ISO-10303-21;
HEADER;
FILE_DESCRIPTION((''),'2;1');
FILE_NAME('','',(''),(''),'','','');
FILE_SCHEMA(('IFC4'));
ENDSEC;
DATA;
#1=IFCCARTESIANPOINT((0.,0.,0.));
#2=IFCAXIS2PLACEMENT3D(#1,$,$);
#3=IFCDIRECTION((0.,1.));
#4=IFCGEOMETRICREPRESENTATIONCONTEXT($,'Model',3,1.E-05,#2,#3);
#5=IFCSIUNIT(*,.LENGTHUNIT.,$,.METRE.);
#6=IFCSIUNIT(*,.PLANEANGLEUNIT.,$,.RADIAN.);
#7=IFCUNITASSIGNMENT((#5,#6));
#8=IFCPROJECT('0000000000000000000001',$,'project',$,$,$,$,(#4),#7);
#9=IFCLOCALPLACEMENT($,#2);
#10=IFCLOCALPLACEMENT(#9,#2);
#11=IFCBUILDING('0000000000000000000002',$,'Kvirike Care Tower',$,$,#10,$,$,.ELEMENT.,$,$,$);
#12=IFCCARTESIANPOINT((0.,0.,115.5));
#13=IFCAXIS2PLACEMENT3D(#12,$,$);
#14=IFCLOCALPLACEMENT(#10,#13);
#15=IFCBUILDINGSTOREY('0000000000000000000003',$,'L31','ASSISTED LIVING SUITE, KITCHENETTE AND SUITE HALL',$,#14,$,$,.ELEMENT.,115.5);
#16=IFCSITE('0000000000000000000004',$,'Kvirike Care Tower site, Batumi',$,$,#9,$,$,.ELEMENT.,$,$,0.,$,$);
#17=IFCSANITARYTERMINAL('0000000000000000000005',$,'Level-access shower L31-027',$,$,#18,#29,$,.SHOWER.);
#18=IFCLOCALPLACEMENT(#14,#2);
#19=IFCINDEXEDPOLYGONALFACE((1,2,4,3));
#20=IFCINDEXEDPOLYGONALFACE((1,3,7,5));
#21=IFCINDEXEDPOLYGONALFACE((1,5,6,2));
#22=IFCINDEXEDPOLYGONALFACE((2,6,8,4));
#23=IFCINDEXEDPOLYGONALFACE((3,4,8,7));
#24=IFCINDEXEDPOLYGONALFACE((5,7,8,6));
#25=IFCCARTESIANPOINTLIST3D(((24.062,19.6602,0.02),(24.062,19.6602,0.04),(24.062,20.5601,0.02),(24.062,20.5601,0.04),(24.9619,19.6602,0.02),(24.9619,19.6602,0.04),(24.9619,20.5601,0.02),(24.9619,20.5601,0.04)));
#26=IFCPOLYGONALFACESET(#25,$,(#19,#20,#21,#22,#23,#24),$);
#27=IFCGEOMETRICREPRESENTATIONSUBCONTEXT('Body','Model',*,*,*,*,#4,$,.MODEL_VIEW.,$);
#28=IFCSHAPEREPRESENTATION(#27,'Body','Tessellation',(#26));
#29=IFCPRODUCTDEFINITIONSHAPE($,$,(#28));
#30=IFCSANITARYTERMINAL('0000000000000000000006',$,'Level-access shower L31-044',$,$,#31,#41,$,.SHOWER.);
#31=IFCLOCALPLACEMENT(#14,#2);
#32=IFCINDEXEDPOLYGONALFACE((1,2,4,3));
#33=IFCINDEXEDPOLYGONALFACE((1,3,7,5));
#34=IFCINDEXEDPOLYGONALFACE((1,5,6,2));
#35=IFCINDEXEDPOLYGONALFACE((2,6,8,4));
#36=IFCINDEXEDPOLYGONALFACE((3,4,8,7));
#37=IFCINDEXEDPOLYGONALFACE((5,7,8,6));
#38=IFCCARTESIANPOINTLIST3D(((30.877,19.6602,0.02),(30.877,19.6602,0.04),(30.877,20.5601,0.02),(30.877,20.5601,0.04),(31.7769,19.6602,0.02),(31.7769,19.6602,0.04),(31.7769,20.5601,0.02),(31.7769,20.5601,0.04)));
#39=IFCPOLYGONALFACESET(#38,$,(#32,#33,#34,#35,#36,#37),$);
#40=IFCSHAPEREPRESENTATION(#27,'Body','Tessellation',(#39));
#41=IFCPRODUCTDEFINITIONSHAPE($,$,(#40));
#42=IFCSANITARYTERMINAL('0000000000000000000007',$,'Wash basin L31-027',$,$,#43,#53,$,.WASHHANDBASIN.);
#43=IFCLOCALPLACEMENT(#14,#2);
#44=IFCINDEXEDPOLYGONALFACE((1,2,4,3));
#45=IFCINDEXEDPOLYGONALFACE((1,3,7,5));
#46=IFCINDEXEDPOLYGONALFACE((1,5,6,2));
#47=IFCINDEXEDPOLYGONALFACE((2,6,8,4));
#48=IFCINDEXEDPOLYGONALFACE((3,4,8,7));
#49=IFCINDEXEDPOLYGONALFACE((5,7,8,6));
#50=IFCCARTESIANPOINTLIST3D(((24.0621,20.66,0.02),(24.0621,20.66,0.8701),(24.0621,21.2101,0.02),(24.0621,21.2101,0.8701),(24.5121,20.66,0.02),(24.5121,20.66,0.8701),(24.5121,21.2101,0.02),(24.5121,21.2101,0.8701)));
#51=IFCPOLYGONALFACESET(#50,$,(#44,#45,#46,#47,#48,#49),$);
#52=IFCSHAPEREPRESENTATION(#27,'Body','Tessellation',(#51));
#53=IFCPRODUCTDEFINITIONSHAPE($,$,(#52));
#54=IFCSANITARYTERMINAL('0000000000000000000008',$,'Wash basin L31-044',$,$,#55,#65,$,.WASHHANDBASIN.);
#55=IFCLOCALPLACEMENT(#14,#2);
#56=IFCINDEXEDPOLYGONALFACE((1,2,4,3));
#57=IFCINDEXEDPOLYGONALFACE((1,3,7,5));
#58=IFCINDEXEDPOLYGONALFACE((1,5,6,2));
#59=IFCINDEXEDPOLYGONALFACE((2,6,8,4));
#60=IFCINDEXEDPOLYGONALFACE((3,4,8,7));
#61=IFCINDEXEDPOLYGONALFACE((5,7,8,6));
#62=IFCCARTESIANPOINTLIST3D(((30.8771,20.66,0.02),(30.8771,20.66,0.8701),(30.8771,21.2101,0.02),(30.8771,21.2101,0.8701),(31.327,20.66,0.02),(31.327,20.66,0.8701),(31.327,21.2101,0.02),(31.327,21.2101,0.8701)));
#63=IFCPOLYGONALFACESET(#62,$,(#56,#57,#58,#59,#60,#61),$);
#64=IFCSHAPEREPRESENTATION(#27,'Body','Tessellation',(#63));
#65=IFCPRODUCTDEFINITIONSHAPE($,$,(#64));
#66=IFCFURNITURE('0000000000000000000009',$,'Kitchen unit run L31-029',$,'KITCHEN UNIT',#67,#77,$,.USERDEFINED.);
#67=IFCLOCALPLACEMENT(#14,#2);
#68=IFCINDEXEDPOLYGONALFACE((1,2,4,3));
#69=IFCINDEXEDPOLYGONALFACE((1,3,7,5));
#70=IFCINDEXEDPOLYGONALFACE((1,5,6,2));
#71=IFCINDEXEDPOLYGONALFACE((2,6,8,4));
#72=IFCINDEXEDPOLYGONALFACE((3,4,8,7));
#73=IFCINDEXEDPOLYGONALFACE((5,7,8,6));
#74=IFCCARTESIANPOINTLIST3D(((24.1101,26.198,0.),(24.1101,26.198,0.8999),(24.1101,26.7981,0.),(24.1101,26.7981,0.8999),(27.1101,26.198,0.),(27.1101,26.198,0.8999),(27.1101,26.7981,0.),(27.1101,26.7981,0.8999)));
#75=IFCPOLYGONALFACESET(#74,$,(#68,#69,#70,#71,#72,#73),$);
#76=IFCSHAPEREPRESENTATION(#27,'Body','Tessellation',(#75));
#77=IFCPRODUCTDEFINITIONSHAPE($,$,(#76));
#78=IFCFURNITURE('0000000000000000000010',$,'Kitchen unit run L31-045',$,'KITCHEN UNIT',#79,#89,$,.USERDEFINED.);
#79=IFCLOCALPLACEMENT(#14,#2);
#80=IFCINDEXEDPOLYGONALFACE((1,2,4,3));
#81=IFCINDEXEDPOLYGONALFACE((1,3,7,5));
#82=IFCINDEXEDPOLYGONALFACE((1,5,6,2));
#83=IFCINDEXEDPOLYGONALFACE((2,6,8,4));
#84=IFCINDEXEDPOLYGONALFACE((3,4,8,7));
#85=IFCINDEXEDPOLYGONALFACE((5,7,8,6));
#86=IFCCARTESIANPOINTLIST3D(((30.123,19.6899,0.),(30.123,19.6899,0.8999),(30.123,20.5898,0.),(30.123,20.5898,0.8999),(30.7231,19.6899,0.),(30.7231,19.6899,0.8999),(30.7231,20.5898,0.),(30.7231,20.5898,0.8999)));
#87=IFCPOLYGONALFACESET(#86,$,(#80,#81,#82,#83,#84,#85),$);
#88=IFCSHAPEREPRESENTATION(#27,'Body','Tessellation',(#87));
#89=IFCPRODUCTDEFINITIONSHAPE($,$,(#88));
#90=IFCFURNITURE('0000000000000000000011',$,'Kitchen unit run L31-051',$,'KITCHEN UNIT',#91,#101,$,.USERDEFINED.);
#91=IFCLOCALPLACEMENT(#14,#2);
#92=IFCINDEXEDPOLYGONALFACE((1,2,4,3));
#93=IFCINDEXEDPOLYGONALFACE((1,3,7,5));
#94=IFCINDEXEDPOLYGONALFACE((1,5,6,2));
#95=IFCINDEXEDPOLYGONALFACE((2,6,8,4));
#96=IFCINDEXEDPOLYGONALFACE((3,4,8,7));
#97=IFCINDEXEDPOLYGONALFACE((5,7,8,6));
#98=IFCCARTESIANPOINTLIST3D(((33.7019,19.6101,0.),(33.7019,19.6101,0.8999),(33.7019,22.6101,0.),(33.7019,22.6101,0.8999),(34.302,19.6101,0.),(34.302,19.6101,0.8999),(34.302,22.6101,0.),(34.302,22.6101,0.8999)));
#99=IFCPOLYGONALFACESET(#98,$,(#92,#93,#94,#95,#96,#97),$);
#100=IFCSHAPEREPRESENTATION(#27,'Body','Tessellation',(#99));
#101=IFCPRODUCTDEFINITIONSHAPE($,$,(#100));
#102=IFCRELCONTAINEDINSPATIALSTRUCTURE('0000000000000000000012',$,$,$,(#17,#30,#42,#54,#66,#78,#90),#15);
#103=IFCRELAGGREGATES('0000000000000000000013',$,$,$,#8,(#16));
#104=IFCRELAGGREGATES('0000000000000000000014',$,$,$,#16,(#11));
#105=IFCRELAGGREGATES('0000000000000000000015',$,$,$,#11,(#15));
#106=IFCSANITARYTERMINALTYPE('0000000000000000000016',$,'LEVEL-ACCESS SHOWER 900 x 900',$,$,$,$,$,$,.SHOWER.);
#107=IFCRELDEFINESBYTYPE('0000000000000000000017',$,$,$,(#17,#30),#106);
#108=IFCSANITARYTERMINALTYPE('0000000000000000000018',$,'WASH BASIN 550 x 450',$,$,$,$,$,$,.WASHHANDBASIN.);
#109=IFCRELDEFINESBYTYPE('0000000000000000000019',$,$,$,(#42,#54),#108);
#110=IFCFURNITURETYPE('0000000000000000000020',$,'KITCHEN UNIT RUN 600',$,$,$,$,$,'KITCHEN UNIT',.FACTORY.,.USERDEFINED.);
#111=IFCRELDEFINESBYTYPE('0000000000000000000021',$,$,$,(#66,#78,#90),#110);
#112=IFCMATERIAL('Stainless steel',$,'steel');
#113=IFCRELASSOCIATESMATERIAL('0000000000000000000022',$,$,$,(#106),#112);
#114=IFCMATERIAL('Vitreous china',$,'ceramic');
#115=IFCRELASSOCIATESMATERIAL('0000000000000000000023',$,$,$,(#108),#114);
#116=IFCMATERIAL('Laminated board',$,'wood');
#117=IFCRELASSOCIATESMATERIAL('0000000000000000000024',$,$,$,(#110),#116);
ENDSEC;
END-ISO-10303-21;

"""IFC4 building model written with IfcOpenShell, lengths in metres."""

from ifc_helpers import new_model, si_unit, direction, frame, origin, origin_2d, place, context, subcontext, project, spatial, rectangle, extrude, material, type_object, element, save


model = new_model("IFC4")

# Units and contexts
model_context = context("Model", 3, precision=1e-05, world=origin(), true_north=direction((0.0, 1.0)))
body_context = subcontext(model_context, "Body", "Model", "MODEL_VIEW")
ifc_project = project(units=[si_unit("LENGTHUNIT", "METRE"), si_unit("PLANEANGLEUNIT", "RADIAN")], contexts=[model_context])

# Site, building, storey
site_placement = place(None, origin())
site = spatial("IfcSite", under=ifc_project, at=site_placement, Name="Kvirike Care Tower site, Batumi", CompositionType="ELEMENT", RefElevation=0.0)
building_placement = place(site_placement, origin())
building = spatial("IfcBuilding", under=site, at=building_placement, Name="Kvirike Care Tower", CompositionType="ELEMENT")
storey_placement = place(building_placement, frame((0.0, 0.0, 115.5)))
storey = spatial("IfcBuildingStorey", under=building, at=storey_placement, Name="L31", Description="ASSISTED LIVING SUITE, KITCHENETTE AND SUITE HALL", CompositionType="ELEMENT", Elevation=115.5)

# Sanitary terminals
ifc_material_1 = material(Name="Stainless steel", Category="steel")
sanitary_terminal_type_1 = type_object("IfcSanitaryTerminalType", Name="LEVEL-ACCESS SHOWER 900 x 900", PredefinedType="SHOWER", material=ifc_material_1)
for number, where, z_axis, x_axis, name in (
    (1, (24.512, 20.1101, 0.02), (0.0, 0.0, 1.0), (0.0, 1.0, 0.0), "Level-access shower L31-027"),
    (2, (31.3269, 20.1101, 0.02), (0.0, 0.0, 1.0), (0.0, 1.0, 0.0), "Level-access shower L31-044"),
):
    element("IfcSanitaryTerminal", number, at=place(storey_placement, frame(where, z_axis=z_axis, x_axis=x_axis)), inside=storey, type_object=sanitary_terminal_type_1, Name=name, PredefinedType="SHOWER", context=body_context, shape_type="SweptSolid", body=[
        extrude(rectangle(XDim=0.8999, YDim=0.8999, at=origin_2d()), origin(), (0.0, 0.0, 1.0), 0.02),
    ])
ifc_material_2 = material(Name="Vitreous china", Category="ceramic")
sanitary_terminal_type_2 = type_object("IfcSanitaryTerminalType", Name="WASH BASIN 550 x 450", PredefinedType="WASHHANDBASIN", material=ifc_material_2)
for number, where, z_axis, x_axis, name in (
    (3, (24.2871, 20.9351, 0.02), (0.0, 0.0, 1.0), (0.0, 1.0, 0.0), "Wash basin L31-027"),
    (4, (31.1021, 20.9351, 0.02), (0.0, 0.0, 1.0), (0.0, 1.0, 0.0), "Wash basin L31-044"),
):
    element("IfcSanitaryTerminal", number, at=place(storey_placement, frame(where, z_axis=z_axis, x_axis=x_axis)), inside=storey, type_object=sanitary_terminal_type_2, Name=name, PredefinedType="WASHHANDBASIN", context=body_context, shape_type="SweptSolid", body=[
        extrude(rectangle(XDim=0.55, YDim=0.45, at=origin_2d()), origin(), (0.0, 0.0, 1.0), 0.8501),
    ])

# Furniture
ifc_material_3 = material(Name="Laminated board", Category="wood")
furniture_type = type_object("IfcFurnitureType", Name="KITCHEN UNIT RUN 600", ElementType="KITCHEN UNIT", AssemblyPlace="FACTORY", PredefinedType="USERDEFINED", material=ifc_material_3)
furniture_1_placement = place(storey_placement, frame((25.6101, 26.498, 0.0), z_axis=(0.0, 0.0, 1.0), x_axis=(1.0, 0.0, 0.0)))
element("IfcFurniture", 5, at=furniture_1_placement, inside=storey, type_object=furniture_type, Name="Kitchen unit run L31-029", ObjectType="KITCHEN UNIT", PredefinedType="USERDEFINED", context=body_context, shape_type="SweptSolid", body=[
    extrude(rectangle(XDim=3.0, YDim=0.6001, at=origin_2d()), origin(), (0.0, 0.0, 1.0), 0.8999),
])
furniture_2_placement = place(storey_placement, frame((30.4231, 20.1399, 0.0), z_axis=(0.0, 0.0, 1.0), x_axis=(0.0, -1.0, 0.0)))
element("IfcFurniture", 6, at=furniture_2_placement, inside=storey, type_object=furniture_type, Name="Kitchen unit run L31-045", ObjectType="KITCHEN UNIT", PredefinedType="USERDEFINED", context=body_context, shape_type="SweptSolid", body=[
    extrude(rectangle(XDim=0.8999, YDim=0.6001, at=origin_2d()), origin(), (0.0, 0.0, 1.0), 0.8999),
])
furniture_3_placement = place(storey_placement, frame((34.002, 21.1101, 0.0), z_axis=(0.0, 0.0, 1.0), x_axis=(0.0, 1.0, 0.0)))
element("IfcFurniture", 7, at=furniture_3_placement, inside=storey, type_object=furniture_type, Name="Kitchen unit run L31-051", ObjectType="KITCHEN UNIT", PredefinedType="USERDEFINED", context=body_context, shape_type="SweptSolid", body=[
    extrude(rectangle(XDim=3.0, YDim=0.6001, at=origin_2d()), origin(), (0.0, 0.0, 1.0), 0.8999),
])

save(model, "model.ifc")
